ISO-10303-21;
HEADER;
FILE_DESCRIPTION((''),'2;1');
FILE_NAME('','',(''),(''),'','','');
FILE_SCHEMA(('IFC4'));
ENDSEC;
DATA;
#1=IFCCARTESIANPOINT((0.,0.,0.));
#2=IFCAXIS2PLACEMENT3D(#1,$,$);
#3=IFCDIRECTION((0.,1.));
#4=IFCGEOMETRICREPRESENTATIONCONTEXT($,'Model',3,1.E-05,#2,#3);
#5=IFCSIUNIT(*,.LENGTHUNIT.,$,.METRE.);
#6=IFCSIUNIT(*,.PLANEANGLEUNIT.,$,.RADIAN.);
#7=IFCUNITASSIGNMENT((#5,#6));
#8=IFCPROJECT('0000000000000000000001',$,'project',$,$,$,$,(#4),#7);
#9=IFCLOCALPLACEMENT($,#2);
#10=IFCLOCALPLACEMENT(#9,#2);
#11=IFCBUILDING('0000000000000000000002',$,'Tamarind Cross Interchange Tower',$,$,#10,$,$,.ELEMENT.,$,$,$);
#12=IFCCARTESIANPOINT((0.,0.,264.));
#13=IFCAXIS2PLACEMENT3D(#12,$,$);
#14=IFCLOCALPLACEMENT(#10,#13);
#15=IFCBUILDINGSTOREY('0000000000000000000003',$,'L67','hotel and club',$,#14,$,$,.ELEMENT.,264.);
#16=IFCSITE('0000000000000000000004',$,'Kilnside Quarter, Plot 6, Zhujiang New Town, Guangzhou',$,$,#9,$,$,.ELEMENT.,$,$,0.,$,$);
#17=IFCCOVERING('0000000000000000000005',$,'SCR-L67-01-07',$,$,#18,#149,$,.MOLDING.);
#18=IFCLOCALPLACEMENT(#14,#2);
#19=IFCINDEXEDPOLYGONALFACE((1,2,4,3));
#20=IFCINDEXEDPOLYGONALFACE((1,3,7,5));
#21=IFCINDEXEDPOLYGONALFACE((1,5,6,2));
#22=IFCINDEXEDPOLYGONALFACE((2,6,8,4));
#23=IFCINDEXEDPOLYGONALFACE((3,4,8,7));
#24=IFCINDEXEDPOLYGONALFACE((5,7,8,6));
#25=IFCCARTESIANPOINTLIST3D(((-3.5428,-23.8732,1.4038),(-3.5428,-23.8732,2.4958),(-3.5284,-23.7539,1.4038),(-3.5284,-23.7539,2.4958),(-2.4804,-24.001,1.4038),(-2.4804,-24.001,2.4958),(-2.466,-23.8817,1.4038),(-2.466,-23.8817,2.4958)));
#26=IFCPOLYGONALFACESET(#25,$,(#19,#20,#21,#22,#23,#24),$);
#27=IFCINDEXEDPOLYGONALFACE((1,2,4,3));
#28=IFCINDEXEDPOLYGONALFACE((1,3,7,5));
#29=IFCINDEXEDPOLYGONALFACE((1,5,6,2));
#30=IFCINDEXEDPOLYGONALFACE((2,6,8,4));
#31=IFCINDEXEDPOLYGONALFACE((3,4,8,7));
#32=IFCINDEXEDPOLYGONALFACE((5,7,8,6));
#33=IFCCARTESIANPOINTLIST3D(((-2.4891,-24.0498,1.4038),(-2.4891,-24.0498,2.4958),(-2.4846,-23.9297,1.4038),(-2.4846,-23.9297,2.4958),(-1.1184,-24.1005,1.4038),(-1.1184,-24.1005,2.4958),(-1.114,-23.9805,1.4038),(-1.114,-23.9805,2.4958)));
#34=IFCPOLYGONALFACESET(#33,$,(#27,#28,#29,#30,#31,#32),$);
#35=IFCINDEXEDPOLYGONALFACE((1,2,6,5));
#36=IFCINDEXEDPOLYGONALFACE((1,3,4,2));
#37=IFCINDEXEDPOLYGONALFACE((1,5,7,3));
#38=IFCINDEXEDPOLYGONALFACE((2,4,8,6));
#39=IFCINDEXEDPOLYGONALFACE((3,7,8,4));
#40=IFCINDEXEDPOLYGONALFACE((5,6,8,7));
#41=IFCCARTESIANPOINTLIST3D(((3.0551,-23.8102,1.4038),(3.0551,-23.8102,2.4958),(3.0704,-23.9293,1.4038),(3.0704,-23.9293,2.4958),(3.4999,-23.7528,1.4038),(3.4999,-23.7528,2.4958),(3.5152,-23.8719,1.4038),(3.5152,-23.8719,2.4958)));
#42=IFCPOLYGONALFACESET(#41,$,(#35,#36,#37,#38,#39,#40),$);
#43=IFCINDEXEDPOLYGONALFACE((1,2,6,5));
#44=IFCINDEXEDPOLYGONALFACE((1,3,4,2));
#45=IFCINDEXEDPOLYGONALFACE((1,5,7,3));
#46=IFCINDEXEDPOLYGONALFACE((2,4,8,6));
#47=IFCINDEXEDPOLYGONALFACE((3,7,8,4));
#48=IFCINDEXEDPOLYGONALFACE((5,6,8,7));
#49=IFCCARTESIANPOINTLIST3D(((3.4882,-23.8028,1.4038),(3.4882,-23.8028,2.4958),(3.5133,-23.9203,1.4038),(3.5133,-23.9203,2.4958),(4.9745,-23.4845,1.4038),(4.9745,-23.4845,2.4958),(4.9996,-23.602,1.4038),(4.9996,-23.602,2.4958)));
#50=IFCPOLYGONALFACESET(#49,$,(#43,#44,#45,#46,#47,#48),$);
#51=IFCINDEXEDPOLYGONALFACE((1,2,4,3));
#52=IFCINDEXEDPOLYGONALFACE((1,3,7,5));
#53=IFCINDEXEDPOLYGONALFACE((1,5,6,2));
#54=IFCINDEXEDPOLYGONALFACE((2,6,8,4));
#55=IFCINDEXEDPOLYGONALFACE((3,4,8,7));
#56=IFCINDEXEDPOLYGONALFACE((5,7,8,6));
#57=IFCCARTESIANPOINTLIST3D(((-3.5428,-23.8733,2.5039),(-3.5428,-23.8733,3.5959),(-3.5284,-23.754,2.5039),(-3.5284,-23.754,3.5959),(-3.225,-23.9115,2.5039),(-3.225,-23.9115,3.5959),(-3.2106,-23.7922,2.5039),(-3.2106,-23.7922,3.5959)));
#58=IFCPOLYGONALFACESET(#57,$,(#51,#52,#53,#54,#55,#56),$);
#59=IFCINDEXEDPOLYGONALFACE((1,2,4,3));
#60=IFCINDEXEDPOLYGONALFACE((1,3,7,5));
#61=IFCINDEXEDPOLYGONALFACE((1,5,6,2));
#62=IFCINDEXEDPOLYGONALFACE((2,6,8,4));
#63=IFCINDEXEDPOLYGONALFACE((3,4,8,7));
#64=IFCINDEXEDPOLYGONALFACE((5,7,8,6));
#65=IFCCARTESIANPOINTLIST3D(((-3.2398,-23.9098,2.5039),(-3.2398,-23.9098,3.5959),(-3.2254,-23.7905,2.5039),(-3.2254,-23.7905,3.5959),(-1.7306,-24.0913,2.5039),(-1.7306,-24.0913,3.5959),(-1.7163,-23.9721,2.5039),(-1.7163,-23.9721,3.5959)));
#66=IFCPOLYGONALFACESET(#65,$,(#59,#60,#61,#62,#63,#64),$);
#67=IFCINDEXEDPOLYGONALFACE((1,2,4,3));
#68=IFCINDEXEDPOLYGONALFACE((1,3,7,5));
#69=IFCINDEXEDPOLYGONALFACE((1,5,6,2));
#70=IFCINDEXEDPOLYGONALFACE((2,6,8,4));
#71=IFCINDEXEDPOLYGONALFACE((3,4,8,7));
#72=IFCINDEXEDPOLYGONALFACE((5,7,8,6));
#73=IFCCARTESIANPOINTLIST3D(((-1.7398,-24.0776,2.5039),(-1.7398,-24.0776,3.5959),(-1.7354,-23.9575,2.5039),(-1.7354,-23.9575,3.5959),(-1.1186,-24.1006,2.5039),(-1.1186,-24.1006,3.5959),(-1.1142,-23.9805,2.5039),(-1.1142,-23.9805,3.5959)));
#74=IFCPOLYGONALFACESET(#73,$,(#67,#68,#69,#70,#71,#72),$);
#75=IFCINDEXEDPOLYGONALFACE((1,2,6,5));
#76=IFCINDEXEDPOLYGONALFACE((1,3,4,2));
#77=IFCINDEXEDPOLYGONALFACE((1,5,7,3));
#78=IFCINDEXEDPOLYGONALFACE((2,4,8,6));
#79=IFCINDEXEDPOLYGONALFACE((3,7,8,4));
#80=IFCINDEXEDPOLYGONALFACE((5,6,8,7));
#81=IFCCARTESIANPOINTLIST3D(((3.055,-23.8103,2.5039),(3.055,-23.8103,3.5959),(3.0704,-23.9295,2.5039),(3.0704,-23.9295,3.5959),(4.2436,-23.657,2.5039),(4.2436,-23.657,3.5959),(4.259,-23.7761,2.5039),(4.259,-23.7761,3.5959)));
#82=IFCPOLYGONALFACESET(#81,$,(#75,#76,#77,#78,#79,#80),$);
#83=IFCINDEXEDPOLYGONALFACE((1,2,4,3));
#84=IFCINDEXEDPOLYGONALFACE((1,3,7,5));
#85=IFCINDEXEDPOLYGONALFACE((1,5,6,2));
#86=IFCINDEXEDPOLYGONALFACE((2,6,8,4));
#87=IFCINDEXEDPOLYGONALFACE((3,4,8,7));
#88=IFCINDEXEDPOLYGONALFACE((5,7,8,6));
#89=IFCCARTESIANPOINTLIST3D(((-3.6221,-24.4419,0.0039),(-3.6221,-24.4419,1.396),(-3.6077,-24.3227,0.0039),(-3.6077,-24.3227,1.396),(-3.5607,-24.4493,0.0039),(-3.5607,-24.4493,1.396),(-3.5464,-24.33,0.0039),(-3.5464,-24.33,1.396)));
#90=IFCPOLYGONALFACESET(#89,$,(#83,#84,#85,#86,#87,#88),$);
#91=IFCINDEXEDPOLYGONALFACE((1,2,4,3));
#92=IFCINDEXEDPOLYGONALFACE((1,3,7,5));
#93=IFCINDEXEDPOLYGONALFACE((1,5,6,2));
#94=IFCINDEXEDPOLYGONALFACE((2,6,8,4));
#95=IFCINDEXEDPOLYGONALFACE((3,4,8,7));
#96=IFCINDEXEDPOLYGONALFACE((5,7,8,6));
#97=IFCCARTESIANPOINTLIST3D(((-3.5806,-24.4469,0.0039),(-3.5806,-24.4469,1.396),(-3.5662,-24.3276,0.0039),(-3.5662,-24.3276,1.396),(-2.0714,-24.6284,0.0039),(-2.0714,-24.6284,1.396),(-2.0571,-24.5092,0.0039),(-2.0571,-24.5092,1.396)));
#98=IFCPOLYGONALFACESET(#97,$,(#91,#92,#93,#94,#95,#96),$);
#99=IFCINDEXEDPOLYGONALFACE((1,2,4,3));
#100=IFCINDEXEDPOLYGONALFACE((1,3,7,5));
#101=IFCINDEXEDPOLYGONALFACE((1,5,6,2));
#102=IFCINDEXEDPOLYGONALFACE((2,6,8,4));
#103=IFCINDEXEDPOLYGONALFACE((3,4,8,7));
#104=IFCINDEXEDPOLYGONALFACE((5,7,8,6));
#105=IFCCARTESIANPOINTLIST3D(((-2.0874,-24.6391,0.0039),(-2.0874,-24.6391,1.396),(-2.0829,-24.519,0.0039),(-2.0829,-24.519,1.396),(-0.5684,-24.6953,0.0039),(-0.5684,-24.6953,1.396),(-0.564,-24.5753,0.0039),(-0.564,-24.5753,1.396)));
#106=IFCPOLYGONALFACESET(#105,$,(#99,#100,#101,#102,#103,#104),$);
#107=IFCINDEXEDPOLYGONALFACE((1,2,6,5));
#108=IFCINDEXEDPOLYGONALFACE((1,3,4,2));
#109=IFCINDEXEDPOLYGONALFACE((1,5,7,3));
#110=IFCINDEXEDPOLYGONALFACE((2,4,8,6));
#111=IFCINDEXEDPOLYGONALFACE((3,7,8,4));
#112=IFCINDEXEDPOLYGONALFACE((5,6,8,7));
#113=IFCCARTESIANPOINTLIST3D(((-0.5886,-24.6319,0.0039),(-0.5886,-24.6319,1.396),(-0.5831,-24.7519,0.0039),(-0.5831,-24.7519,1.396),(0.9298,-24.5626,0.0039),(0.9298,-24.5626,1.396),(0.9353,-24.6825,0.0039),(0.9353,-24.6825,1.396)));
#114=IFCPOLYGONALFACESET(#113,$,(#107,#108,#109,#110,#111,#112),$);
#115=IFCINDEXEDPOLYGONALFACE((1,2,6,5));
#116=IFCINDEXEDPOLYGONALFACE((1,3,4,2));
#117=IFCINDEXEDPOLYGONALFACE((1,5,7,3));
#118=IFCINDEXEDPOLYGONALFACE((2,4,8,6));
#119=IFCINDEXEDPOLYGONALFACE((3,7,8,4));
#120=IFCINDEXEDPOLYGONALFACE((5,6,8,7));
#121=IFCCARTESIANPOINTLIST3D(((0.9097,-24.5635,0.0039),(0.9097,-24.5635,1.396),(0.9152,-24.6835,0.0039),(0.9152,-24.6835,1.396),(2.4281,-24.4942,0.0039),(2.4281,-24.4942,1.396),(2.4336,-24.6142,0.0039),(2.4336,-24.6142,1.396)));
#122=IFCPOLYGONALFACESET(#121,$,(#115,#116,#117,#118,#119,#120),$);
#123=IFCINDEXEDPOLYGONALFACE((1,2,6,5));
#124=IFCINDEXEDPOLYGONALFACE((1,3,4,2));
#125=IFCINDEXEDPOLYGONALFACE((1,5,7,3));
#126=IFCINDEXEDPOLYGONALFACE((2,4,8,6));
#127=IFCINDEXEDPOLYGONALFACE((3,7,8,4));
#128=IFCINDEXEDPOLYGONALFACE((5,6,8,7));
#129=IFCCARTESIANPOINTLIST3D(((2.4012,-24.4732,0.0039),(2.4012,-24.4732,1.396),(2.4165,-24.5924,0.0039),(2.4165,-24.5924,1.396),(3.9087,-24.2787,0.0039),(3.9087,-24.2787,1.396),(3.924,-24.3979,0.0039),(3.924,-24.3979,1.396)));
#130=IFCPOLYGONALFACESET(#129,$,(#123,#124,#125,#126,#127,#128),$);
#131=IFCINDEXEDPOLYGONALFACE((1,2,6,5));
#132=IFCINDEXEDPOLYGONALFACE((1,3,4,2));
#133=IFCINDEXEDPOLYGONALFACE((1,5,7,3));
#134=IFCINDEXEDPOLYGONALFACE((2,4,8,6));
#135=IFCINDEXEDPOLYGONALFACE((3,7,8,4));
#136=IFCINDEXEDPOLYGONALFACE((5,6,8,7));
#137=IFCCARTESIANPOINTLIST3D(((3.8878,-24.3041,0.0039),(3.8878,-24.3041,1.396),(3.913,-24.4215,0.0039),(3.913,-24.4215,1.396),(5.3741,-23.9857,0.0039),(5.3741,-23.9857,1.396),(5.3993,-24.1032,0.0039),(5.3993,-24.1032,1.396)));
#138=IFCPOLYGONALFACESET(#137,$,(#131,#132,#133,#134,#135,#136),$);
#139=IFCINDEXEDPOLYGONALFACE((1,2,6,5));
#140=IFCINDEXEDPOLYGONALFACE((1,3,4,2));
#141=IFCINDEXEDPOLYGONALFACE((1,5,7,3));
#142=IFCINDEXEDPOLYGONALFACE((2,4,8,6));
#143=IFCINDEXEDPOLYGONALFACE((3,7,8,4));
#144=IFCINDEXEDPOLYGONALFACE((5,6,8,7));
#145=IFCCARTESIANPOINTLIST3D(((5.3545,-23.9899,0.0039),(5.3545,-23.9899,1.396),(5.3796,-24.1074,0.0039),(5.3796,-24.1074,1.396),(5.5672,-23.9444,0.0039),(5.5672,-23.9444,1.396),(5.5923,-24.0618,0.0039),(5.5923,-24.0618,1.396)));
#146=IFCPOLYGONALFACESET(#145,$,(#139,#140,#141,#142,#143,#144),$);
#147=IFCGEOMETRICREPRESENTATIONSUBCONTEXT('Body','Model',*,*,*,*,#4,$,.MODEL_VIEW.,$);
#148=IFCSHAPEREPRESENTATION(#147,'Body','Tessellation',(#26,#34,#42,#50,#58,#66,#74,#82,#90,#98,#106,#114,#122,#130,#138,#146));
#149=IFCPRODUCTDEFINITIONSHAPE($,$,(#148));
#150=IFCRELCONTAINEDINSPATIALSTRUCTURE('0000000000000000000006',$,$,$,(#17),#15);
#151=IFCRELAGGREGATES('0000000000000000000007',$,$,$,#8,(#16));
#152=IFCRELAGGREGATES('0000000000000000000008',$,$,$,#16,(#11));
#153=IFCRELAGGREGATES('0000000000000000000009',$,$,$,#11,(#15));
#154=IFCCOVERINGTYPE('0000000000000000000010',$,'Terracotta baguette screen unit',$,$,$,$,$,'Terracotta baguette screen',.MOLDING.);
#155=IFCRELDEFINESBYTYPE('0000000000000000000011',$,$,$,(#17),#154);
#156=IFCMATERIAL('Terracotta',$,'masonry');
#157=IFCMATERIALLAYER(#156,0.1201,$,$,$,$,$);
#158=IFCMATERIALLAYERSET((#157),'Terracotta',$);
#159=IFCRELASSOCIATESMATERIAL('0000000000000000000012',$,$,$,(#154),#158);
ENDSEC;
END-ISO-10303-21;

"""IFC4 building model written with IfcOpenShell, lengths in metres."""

from ifc_helpers import new_model, si_unit, direction, frame, origin, origin_2d, place, context, subcontext, project, spatial, rectangle, extrude, material, layer, layer_set, type_object, element, save


model = new_model("IFC4")

# Units and contexts
model_context = context("Model", 3, precision=1e-05, world=origin(), true_north=direction((0.0, 1.0)))
body_context = subcontext(model_context, "Body", "Model", "MODEL_VIEW")
ifc_project = project(units=[si_unit("LENGTHUNIT", "METRE"), si_unit("PLANEANGLEUNIT", "RADIAN")], contexts=[model_context])

# Site, building, storey
site_placement = place(None, origin())
site = spatial("IfcSite", under=ifc_project, at=site_placement, Name="Kilnside Quarter, Plot 6, Zhujiang New Town, Guangzhou", CompositionType="ELEMENT", RefElevation=0.0)
building_placement = place(site_placement, origin())
building = spatial("IfcBuilding", under=site, at=building_placement, Name="Tamarind Cross Interchange Tower", CompositionType="ELEMENT")
storey_placement = place(building_placement, frame((0.0, 0.0, 264.0)))
storey = spatial("IfcBuildingStorey", under=building, at=storey_placement, Name="L67", Description="hotel and club", CompositionType="ELEMENT", Elevation=264.0)

# Covering
ifc_material_1 = material(Name="Terracotta", Category="masonry")
ifc_layer_1 = layer(ifc_material_1, 0.1201)
ifc_layer_set_1 = layer_set([ifc_layer_1], Name="Terracotta")
covering_type = type_object("IfcCoveringType", Name="Terracotta baguette screen unit", ElementType="Terracotta baguette screen", PredefinedType="MOLDING", material=ifc_layer_set_1)
covering_1_placement = place(storey_placement, origin())
element("IfcCovering", 1, at=covering_1_placement, inside=storey, type_object=covering_type, Name="SCR-L67-01-07", PredefinedType="MOLDING", context=body_context, shape_type="SweptSolid", body=[
    extrude(rectangle(XDim=1.0701, YDim=0.1201, at=origin_2d()), frame((-3.0044, -23.8774, 1.4038), z_axis=(0.0, 0.0, 1.0), x_axis=(0.992844, -0.119421, 0.0)), (0.0, 0.0, 1.0), 1.092),
    extrude(rectangle(XDim=1.3716, YDim=0.1201, at=origin_2d()), frame((-1.8015, -24.0151, 1.4038), z_axis=(0.0, 0.0, 1.0), x_axis=(0.999314, -0.037025, 0.0)), (0.0, 0.0, 1.0), 1.092),
    extrude(rectangle(XDim=0.4485, YDim=0.1201, at=origin_2d()), frame((3.2852, -23.8411, 1.4038), z_axis=(0.0, 0.0, 1.0), x_axis=(0.991779, 0.127962, 0.0)), (0.0, 0.0, 1.0), 1.092),
    extrude(rectangle(XDim=1.52, YDim=0.1201, at=origin_2d()), frame((4.2439, -23.7024, 1.4038), z_axis=(0.0, 0.0, 1.0), x_axis=(0.977825, 0.209425, 0.0)), (0.0, 0.0, 1.0), 1.092),
    extrude(rectangle(XDim=0.3201, YDim=0.1201, at=origin_2d()), frame((-3.3767, -23.8328, 2.5039), z_axis=(0.0, 0.0, 1.0), x_axis=(0.992844, -0.119421, 0.0)), (0.0, 0.0, 1.0), 1.092),
    extrude(rectangle(XDim=1.52, YDim=0.1201, at=origin_2d()), frame((-2.478, -23.9409, 2.5039), z_axis=(0.0, 0.0, 1.0), x_axis=(0.992844, -0.119421, 0.0)), (0.0, 0.0, 1.0), 1.092),
    extrude(rectangle(XDim=0.6216, YDim=0.1201, at=origin_2d()), frame((-1.427, -24.0291, 2.5039), z_axis=(0.0, 0.0, 1.0), x_axis=(0.999314, -0.037025, 0.0)), (0.0, 0.0, 1.0), 1.092),
    extrude(rectangle(XDim=1.1985, YDim=0.1201, at=origin_2d()), frame((3.657, -23.7932, 2.5039), z_axis=(0.0, 0.0, 1.0), x_axis=(0.991779, 0.127962, 0.0)), (0.0, 0.0, 1.0), 1.092),
    extrude(rectangle(XDim=0.0618, YDim=0.1201, at=origin_2d()), frame((-3.5842, -24.386, 0.0039), z_axis=(0.0, 0.0, 1.0), x_axis=(0.992844, -0.119421, 0.0)), (0.0, 0.0, 1.0), 1.3921),
    extrude(rectangle(XDim=1.52, YDim=0.1201, at=origin_2d()), frame((-2.8188, -24.478, 0.0039), z_axis=(0.0, 0.0, 1.0), x_axis=(0.992844, -0.119421, 0.0)), (0.0, 0.0, 1.0), 1.3921),
    extrude(rectangle(XDim=1.52, YDim=0.1201, at=origin_2d()), frame((-1.3257, -24.6072, 0.0039), z_axis=(0.0, 0.0, 1.0), x_axis=(0.999314, -0.037025, 0.0)), (0.0, 0.0, 1.0), 1.3921),
    extrude(rectangle(XDim=1.52, YDim=0.1201, at=origin_2d()), frame((0.1733, -24.6572, 0.0039), z_axis=(0.0, 0.0, 1.0), x_axis=(0.998959, 0.045624, 0.0)), (0.0, 0.0, 1.0), 1.3921),
    extrude(rectangle(XDim=1.52, YDim=0.1201, at=origin_2d()), frame((1.6716, -24.5889, 0.0039), z_axis=(0.0, 0.0, 1.0), x_axis=(0.998959, 0.045624, 0.0)), (0.0, 0.0, 1.0), 1.3921),
    extrude(rectangle(XDim=1.52, YDim=0.1201, at=origin_2d()), frame((3.1626, -24.4355, 0.0039), z_axis=(0.0, 0.0, 1.0), x_axis=(0.991779, 0.127962, 0.0)), (0.0, 0.0, 1.0), 1.3921),
    extrude(rectangle(XDim=1.52, YDim=0.1201, at=origin_2d()), frame((4.6436, -24.2036, 0.0039), z_axis=(0.0, 0.0, 1.0), x_axis=(0.977825, 0.209425, 0.0)), (0.0, 0.0, 1.0), 1.3921),
    extrude(rectangle(XDim=0.2175, YDim=0.1201, at=origin_2d()), frame((5.4734, -24.0259, 0.0039), z_axis=(0.0, 0.0, 1.0), x_axis=(0.977825, 0.209425, 0.0)), (0.0, 0.0, 1.0), 1.3921),
])

save(model, "model.ifc")
